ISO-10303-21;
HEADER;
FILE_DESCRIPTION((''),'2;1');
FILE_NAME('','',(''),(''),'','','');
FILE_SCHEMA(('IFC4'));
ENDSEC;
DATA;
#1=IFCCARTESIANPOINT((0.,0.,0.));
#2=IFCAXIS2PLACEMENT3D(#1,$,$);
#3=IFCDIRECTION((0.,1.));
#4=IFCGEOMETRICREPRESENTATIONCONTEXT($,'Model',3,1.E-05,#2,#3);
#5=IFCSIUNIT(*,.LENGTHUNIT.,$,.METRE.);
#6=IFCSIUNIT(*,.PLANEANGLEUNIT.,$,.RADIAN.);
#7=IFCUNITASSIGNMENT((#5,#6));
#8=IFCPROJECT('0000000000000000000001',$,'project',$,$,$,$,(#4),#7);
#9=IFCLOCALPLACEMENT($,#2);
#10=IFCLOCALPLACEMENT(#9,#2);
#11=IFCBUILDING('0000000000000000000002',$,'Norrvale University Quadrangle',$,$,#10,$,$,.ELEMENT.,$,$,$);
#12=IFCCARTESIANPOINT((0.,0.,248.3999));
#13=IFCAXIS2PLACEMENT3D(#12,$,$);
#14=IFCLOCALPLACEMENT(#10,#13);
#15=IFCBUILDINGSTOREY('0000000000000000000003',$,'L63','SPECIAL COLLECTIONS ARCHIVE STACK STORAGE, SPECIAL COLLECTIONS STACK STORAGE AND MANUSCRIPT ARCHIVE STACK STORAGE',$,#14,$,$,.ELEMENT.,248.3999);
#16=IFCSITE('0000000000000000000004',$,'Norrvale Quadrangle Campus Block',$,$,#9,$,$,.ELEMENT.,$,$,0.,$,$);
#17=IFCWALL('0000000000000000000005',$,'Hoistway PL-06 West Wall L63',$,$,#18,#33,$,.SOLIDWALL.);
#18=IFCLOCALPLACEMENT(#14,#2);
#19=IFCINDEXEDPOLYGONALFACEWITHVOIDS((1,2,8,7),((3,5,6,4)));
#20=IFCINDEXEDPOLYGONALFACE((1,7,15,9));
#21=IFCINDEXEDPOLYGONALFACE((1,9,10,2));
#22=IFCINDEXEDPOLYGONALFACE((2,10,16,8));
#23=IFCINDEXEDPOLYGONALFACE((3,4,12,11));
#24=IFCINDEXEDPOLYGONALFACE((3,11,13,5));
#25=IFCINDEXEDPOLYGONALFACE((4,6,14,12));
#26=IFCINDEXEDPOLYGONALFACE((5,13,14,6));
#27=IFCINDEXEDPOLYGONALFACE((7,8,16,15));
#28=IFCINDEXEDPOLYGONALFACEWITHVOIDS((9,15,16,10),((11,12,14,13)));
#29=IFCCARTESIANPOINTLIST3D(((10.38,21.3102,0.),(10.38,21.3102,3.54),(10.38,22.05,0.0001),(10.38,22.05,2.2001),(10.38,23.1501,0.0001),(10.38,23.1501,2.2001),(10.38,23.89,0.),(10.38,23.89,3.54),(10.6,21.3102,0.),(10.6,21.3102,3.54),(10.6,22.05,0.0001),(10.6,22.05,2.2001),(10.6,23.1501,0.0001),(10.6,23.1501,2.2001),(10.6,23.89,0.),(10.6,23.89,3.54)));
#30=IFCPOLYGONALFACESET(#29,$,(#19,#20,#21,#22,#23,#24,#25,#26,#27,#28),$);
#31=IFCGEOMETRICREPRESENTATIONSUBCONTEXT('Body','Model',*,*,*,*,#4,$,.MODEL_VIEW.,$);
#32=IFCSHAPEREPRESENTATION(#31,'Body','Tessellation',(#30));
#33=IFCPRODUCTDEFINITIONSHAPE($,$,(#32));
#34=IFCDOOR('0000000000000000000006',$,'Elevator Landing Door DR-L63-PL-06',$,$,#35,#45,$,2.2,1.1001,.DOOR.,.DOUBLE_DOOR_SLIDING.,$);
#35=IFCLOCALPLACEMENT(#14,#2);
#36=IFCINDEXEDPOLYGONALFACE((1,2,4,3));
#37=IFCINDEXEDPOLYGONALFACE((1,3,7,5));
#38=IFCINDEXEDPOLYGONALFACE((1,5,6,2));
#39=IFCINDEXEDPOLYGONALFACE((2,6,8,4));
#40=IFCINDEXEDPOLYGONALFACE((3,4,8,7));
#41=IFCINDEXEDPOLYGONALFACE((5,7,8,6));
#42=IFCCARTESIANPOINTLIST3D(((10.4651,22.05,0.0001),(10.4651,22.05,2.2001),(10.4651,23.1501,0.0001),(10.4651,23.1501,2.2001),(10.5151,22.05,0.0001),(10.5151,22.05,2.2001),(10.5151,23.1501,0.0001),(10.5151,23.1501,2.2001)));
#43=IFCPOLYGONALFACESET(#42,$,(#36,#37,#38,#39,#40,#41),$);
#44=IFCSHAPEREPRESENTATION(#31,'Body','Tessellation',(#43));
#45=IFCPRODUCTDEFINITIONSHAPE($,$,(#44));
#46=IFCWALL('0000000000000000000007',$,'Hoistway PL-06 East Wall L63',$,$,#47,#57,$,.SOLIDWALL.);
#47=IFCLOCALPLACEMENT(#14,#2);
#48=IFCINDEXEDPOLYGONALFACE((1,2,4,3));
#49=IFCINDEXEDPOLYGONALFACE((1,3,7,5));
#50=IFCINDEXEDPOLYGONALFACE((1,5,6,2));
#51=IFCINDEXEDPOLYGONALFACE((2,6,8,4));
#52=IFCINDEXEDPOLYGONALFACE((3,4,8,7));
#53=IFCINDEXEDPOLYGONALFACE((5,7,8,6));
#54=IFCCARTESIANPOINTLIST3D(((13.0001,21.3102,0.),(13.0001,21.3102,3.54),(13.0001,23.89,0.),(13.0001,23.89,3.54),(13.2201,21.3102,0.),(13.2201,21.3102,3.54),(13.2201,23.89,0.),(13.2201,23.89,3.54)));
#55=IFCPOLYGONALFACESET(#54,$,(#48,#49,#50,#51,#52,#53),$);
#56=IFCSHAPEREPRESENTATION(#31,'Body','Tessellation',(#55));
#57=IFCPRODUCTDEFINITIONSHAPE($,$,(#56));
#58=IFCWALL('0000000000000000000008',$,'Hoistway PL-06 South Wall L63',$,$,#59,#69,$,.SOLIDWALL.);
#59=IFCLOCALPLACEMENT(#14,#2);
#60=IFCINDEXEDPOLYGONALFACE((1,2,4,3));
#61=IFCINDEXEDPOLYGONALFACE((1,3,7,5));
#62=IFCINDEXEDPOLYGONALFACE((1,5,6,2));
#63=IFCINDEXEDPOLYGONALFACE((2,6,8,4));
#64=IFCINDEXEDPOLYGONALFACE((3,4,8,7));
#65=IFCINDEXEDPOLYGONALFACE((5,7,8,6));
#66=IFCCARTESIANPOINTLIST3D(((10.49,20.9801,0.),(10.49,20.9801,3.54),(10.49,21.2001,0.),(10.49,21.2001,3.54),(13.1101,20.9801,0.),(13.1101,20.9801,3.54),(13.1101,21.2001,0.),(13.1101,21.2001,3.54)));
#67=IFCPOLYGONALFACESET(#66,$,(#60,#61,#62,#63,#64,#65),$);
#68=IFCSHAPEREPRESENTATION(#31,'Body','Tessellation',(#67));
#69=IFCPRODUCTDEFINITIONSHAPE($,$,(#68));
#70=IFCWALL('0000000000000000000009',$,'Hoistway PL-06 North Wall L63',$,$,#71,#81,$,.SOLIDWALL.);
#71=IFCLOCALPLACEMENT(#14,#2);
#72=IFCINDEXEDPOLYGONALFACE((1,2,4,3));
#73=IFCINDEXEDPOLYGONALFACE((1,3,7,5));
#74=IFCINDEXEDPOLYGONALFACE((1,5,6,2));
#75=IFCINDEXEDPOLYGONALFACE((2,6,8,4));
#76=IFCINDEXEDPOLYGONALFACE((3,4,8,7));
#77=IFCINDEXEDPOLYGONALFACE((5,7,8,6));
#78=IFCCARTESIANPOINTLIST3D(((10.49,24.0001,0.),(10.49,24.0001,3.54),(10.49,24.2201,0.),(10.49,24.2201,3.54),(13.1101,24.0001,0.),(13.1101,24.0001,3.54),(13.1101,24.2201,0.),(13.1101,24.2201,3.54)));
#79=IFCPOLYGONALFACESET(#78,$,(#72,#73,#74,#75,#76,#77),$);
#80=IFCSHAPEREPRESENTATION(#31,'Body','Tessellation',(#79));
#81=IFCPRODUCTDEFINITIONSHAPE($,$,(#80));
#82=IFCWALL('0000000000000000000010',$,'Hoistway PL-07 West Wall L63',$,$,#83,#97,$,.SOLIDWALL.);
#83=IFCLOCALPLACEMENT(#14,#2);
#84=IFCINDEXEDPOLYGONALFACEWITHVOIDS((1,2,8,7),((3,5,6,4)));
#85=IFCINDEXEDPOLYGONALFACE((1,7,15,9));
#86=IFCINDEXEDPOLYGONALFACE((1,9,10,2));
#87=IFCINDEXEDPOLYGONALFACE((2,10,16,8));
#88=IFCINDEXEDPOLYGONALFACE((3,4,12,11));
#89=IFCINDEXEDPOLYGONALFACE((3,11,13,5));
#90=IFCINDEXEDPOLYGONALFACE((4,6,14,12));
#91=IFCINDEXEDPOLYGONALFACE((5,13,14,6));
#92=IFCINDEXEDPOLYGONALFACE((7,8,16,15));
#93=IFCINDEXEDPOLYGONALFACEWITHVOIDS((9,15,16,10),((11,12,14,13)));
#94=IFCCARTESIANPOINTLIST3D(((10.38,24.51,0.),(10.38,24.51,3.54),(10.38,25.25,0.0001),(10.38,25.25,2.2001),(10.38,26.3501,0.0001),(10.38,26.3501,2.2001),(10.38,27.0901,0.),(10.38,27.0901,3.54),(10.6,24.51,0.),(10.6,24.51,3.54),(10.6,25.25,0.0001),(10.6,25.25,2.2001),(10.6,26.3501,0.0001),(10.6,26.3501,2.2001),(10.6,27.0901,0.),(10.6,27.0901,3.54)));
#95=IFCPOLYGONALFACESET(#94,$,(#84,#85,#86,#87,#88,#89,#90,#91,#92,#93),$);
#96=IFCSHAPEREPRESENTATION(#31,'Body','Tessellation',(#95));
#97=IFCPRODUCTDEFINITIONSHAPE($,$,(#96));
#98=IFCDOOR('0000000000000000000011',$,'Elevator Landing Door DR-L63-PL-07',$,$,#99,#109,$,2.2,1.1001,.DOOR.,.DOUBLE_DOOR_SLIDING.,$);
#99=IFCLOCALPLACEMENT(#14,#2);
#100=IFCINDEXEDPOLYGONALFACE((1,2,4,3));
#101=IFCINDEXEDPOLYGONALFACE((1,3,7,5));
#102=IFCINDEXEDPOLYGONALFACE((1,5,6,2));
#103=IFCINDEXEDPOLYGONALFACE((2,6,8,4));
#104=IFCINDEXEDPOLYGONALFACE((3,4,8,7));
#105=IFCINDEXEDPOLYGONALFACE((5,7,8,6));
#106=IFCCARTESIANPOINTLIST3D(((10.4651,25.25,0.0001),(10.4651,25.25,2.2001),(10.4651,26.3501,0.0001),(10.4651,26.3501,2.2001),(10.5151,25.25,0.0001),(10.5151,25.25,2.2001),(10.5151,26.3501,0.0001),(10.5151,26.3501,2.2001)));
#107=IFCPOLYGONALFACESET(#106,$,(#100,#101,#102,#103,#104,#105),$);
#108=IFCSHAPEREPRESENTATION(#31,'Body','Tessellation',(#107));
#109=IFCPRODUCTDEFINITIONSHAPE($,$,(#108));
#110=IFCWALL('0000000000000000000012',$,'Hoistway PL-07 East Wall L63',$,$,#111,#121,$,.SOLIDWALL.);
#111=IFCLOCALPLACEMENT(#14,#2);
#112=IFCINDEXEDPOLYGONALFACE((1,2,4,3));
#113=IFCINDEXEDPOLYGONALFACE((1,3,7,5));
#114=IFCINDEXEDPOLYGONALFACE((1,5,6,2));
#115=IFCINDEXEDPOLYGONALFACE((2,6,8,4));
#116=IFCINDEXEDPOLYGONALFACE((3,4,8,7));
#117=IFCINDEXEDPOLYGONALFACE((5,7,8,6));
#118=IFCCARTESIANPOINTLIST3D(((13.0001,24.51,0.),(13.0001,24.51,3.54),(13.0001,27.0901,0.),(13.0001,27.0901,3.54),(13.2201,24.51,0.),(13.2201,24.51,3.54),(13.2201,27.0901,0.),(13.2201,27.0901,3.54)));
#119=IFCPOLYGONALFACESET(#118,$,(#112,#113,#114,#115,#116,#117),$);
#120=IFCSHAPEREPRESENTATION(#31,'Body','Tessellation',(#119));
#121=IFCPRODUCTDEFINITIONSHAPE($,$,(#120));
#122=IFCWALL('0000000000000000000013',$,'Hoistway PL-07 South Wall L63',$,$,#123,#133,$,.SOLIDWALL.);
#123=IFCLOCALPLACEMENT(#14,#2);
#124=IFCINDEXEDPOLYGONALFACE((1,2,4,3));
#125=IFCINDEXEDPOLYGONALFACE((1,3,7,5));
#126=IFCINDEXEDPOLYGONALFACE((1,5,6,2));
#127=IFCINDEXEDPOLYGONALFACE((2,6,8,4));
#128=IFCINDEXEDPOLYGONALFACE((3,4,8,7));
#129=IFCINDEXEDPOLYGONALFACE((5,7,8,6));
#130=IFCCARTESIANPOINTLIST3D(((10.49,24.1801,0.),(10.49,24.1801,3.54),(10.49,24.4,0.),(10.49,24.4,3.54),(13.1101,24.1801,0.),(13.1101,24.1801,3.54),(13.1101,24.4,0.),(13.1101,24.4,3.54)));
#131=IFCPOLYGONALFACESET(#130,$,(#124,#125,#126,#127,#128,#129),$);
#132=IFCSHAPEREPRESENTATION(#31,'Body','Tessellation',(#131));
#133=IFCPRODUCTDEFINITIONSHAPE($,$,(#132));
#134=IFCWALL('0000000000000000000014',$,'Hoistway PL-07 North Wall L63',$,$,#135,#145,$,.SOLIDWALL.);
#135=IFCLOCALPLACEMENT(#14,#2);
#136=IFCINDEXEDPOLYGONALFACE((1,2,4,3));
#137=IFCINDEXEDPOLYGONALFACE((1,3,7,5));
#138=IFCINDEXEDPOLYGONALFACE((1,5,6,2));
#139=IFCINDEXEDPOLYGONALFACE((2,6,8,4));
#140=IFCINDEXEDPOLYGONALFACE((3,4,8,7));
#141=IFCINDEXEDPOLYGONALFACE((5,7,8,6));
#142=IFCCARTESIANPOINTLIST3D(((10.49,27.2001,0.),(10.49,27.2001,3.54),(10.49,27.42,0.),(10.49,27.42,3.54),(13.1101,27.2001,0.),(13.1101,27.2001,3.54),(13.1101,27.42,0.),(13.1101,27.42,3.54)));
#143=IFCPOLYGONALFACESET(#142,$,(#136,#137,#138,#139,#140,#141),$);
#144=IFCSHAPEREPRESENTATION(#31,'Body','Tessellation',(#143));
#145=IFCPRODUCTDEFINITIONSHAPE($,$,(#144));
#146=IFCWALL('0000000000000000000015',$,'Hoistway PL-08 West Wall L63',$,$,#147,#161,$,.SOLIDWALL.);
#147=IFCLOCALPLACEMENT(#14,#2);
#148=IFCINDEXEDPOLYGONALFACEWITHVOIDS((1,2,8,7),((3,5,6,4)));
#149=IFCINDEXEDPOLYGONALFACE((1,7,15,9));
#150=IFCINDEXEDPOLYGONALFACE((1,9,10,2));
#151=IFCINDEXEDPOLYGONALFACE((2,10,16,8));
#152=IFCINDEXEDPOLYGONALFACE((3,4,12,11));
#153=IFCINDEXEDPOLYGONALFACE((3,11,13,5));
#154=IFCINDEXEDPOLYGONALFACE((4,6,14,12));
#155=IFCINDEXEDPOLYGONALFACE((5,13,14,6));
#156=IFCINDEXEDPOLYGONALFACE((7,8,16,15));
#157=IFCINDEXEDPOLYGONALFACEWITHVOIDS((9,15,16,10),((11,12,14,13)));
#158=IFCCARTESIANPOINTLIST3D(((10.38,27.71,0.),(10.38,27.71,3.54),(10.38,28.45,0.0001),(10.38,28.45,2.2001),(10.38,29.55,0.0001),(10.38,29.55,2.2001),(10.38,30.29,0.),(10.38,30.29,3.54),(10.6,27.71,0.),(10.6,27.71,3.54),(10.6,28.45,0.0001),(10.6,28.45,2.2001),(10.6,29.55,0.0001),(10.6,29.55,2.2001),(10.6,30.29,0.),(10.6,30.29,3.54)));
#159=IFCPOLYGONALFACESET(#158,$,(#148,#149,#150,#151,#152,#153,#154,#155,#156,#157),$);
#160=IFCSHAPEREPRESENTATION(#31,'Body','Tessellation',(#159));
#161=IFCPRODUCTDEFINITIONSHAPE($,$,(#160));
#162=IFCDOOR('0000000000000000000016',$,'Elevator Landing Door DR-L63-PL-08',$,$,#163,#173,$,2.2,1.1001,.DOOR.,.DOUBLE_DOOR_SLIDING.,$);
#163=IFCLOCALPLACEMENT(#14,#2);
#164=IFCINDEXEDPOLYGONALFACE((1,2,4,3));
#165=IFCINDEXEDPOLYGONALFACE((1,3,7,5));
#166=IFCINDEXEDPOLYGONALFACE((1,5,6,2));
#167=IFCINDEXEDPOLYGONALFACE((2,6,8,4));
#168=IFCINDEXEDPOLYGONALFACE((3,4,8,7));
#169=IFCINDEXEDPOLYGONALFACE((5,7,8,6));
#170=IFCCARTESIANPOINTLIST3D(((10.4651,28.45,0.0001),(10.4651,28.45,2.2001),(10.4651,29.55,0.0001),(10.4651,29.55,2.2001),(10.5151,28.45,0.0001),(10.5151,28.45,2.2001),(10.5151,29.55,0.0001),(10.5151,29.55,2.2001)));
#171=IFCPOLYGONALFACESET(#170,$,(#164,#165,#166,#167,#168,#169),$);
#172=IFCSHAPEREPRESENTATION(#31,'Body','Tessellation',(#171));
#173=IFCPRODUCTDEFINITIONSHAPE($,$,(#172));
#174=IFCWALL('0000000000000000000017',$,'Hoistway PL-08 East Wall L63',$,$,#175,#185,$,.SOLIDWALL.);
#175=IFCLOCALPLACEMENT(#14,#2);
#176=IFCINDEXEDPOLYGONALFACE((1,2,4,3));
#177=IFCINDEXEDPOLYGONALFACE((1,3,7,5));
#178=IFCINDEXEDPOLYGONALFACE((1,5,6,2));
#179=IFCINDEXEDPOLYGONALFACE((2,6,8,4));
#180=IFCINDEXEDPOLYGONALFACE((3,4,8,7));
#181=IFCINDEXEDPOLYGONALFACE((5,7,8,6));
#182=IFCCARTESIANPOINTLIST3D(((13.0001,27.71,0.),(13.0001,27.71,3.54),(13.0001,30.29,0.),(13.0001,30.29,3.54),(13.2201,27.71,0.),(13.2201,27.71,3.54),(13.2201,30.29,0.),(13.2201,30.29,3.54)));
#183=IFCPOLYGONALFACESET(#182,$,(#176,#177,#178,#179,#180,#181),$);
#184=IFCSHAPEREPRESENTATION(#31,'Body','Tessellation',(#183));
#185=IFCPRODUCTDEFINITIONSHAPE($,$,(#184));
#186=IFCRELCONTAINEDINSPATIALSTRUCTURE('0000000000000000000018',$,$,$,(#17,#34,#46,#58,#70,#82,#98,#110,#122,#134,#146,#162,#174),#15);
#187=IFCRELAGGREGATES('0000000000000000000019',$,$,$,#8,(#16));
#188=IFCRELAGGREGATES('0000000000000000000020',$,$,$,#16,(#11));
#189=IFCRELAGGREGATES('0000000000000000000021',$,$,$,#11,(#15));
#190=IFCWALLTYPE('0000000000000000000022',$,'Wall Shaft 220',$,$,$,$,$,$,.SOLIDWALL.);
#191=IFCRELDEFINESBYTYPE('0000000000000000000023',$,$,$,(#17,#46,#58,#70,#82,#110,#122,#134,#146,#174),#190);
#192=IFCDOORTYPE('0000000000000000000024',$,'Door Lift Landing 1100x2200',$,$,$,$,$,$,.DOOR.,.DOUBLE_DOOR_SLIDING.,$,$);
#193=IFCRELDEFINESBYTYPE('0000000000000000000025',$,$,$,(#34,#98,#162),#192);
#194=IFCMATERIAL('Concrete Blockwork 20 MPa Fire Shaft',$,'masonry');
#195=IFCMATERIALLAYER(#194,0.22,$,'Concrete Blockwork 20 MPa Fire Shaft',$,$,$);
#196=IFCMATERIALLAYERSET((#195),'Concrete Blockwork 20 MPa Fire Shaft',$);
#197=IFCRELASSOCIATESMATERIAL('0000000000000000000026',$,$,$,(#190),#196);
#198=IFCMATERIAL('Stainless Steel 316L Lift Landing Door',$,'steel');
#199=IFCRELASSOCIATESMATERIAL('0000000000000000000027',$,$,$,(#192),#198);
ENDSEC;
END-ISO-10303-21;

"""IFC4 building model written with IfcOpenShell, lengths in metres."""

from ifc_helpers import new_model, si_unit, direction, frame, frame_2d, origin, place, context, subcontext, project, spatial, rectangle, extrude, material, layer, layer_set, type_object, element, fill, save


model = new_model("IFC4")

# Units and contexts
model_context = context("Model", 3, precision=1e-05, world=origin(), true_north=direction((0.0, 1.0)))
body_context = subcontext(model_context, "Body", "Model", "MODEL_VIEW")
ifc_project = project(units=[si_unit("LENGTHUNIT", "METRE"), si_unit("PLANEANGLEUNIT", "RADIAN")], contexts=[model_context])

# Site, building, storey
site_placement = place(None, origin())
site = spatial("IfcSite", under=ifc_project, at=site_placement, Name="Norrvale Quadrangle Campus Block", CompositionType="ELEMENT", RefElevation=0.0)
building_placement = place(site_placement, origin())
building = spatial("IfcBuilding", under=site, at=building_placement, Name="Norrvale University Quadrangle", CompositionType="ELEMENT")
storey_placement = place(building_placement, frame((0.0, 0.0, 248.3999)))
storey = spatial("IfcBuildingStorey", under=building, at=storey_placement, Name="L63", Description="SPECIAL COLLECTIONS ARCHIVE STACK STORAGE, SPECIAL COLLECTIONS STACK STORAGE AND MANUSCRIPT ARCHIVE STACK STORAGE", CompositionType="ELEMENT", Elevation=248.3999)

# Shared definitions
ifc_material_1 = material(Name="Concrete Blockwork 20 MPa Fire Shaft", Category="masonry")
ifc_layer_1 = layer(ifc_material_1, 0.22, Name="Concrete Blockwork 20 MPa Fire Shaft")
ifc_layer_set_1 = layer_set([ifc_layer_1], Name="Concrete Blockwork 20 MPa Fire Shaft")
wall_type_1 = type_object("IfcWallType", Name="Wall Shaft 220", PredefinedType="SOLIDWALL", material=ifc_layer_set_1)

# Wall, opening, door
wall_1_placement = place(storey_placement, frame((10.49, 21.3101, 0.0), z_axis=(0.0, 0.0, 1.0), x_axis=(0.0, 1.0, 0.0)))
wall_1 = element("IfcWall", 1, at=wall_1_placement, inside=storey, type_object=wall_type_1, Name="Hoistway PL-06 West Wall L63", PredefinedType="SOLIDWALL", context=body_context, shape_type="SweptSolid", body=[
    extrude(rectangle(XDim=2.5798, YDim=0.22, at=frame_2d((1.29, 0.0))), origin(), (0.0, 0.0, 1.0), 3.54),
])
opening_1_placement = place(wall_1_placement, frame((0.74, 0.0, 0.0)))
opening_1 = element("IfcOpeningElement", 2, at=opening_1_placement, cuts=wall_1, PredefinedType="OPENING", context=body_context, shape_type="SweptSolid", body=[
    extrude(rectangle(XDim=1.1001, YDim=2.2, at=frame_2d((0.55, 1.1001))), frame((0.0, 0.1221, 0.0), z_axis=(0.0, -1.0, 0.0), x_axis=(1.0, 0.0, 0.0)), (0.0, 0.0, 1.0), 0.2439),
])
ifc_material_2 = material(Name="Stainless Steel 316L Lift Landing Door", Category="steel")
door_type_1 = type_object("IfcDoorType", Name="Door Lift Landing 1100x2200", OperationType="DOUBLE_DOOR_SLIDING", PredefinedType="DOOR", material=ifc_material_2)
door_1_placement = place(opening_1_placement, origin())
door_1 = element("IfcDoor", 3, at=door_1_placement, inside=storey, type_object=door_type_1, Name="Elevator Landing Door DR-L63-PL-06", OperationType="DOUBLE_DOOR_SLIDING", OverallHeight=2.2, OverallWidth=1.1001, PredefinedType="DOOR", context=body_context, shape_type="SweptSolid", body=[
    extrude(rectangle(XDim=1.1001, YDim=2.2, at=frame_2d((0.55, 1.1001))), frame((0.0, 0.0249, 0.0), z_axis=(0.0, -1.0, 0.0), x_axis=(1.0, 0.0, 0.0)), (0.0, 0.0, 1.0), 0.05),
])
fill(opening_1, door_1)

# Walls
wall_2_placement = place(storey_placement, frame((13.1101, 21.3101, 0.0), z_axis=(0.0, 0.0, 1.0), x_axis=(0.0, 1.0, 0.0)))
element("IfcWall", 4, at=wall_2_placement, inside=storey, type_object=wall_type_1, Name="Hoistway PL-06 East Wall L63", PredefinedType="SOLIDWALL", context=body_context, shape_type="SweptSolid", body=[
    extrude(rectangle(XDim=2.5798, YDim=0.22, at=frame_2d((1.29, 0.0))), origin(), (0.0, 0.0, 1.0), 3.54),
])
for number, where, z_axis, x_axis, name in (
    (5, (10.49, 21.0901, 0.0), (0.0, 0.0, 1.0), (1.0, 0.0, 0.0), "Hoistway PL-06 South Wall L63"),
    (6, (10.49, 24.1101, 0.0), (0.0, 0.0, 1.0), (1.0, 0.0, 0.0), "Hoistway PL-06 North Wall L63"),
):
    element("IfcWall", number, at=place(storey_placement, frame(where, z_axis=z_axis, x_axis=x_axis)), inside=storey, type_object=wall_type_1, Name=name, PredefinedType="SOLIDWALL", context=body_context, shape_type="SweptSolid", body=[
        extrude(rectangle(XDim=2.6201, YDim=0.22, at=frame_2d((1.3101, 0.0))), origin(), (0.0, 0.0, 1.0), 3.54),
    ])

# Wall, opening, door
wall_3_placement = place(storey_placement, frame((10.49, 24.51, 0.0), z_axis=(0.0, 0.0, 1.0), x_axis=(0.0, 1.0, 0.0)))
wall_3 = element("IfcWall", 7, at=wall_3_placement, inside=storey, type_object=wall_type_1, Name="Hoistway PL-07 West Wall L63", PredefinedType="SOLIDWALL", context=body_context, shape_type="SweptSolid", body=[
    extrude(rectangle(XDim=2.5801, YDim=0.22, at=frame_2d((1.29, 0.0))), origin(), (0.0, 0.0, 1.0), 3.54),
])
opening_2_placement = place(wall_3_placement, frame((0.74, 0.0, 0.0)))
opening_2 = element("IfcOpeningElement", 8, at=opening_2_placement, cuts=wall_3, PredefinedType="OPENING", context=body_context, shape_type="SweptSolid", body=[
    extrude(rectangle(XDim=1.1001, YDim=2.2, at=frame_2d((0.55, 1.1001))), frame((0.0, 0.1221, 0.0), z_axis=(0.0, -1.0, 0.0), x_axis=(1.0, 0.0, 0.0)), (0.0, 0.0, 1.0), 0.2439),
])
door_2_placement = place(opening_2_placement, origin())
door_2 = element("IfcDoor", 9, at=door_2_placement, inside=storey, type_object=door_type_1, Name="Elevator Landing Door DR-L63-PL-07", OperationType="DOUBLE_DOOR_SLIDING", OverallHeight=2.2, OverallWidth=1.1001, PredefinedType="DOOR", context=body_context, shape_type="SweptSolid", body=[
    extrude(rectangle(XDim=1.1001, YDim=2.2, at=frame_2d((0.55, 1.1001))), frame((0.0, 0.0249, 0.0), z_axis=(0.0, -1.0, 0.0), x_axis=(1.0, 0.0, 0.0)), (0.0, 0.0, 1.0), 0.05),
])
fill(opening_2, door_2)

# Walls
wall_4_placement = place(storey_placement, frame((13.1101, 24.51, 0.0), z_axis=(0.0, 0.0, 1.0), x_axis=(0.0, 1.0, 0.0)))
element("IfcWall", 10, at=wall_4_placement, inside=storey, type_object=wall_type_1, Name="Hoistway PL-07 East Wall L63", PredefinedType="SOLIDWALL", context=body_context, shape_type="SweptSolid", body=[
    extrude(rectangle(XDim=2.5801, YDim=0.22, at=frame_2d((1.29, 0.0))), origin(), (0.0, 0.0, 1.0), 3.54),
])
for number, where, z_axis, x_axis, name in (
    (11, (10.49, 24.29, 0.0), (0.0, 0.0, 1.0), (1.0, 0.0, 0.0), "Hoistway PL-07 South Wall L63"),
    (12, (10.49, 27.3101, 0.0), (0.0, 0.0, 1.0), (1.0, 0.0, 0.0), "Hoistway PL-07 North Wall L63"),
):
    element("IfcWall", number, at=place(storey_placement, frame(where, z_axis=z_axis, x_axis=x_axis)), inside=storey, type_object=wall_type_1, Name=name, PredefinedType="SOLIDWALL", context=body_context, shape_type="SweptSolid", body=[
        extrude(rectangle(XDim=2.6201, YDim=0.22, at=frame_2d((1.3101, 0.0))), origin(), (0.0, 0.0, 1.0), 3.54),
    ])

# Wall, opening, door
wall_5_placement = place(storey_placement, frame((10.49, 27.71, 0.0), z_axis=(0.0, 0.0, 1.0), x_axis=(0.0, 1.0, 0.0)))
wall_5 = element("IfcWall", 13, at=wall_5_placement, inside=storey, type_object=wall_type_1, Name="Hoistway PL-08 West Wall L63", PredefinedType="SOLIDWALL", context=body_context, shape_type="SweptSolid", body=[
    extrude(rectangle(XDim=2.5801, YDim=0.22, at=frame_2d((1.29, 0.0))), origin(), (0.0, 0.0, 1.0), 3.54),
])
opening_3_placement = place(wall_5_placement, frame((0.74, 0.0, 0.0)))
opening_3 = element("IfcOpeningElement", 14, at=opening_3_placement, cuts=wall_5, PredefinedType="OPENING", context=body_context, shape_type="SweptSolid", body=[
    extrude(rectangle(XDim=1.1001, YDim=2.2, at=frame_2d((0.55, 1.1001))), frame((0.0, 0.1221, 0.0), z_axis=(0.0, -1.0, 0.0), x_axis=(1.0, 0.0, 0.0)), (0.0, 0.0, 1.0), 0.2439),
])
door_3_placement = place(opening_3_placement, origin())
door_3 = element("IfcDoor", 15, at=door_3_placement, inside=storey, type_object=door_type_1, Name="Elevator Landing Door DR-L63-PL-08", OperationType="DOUBLE_DOOR_SLIDING", OverallHeight=2.2, OverallWidth=1.1001, PredefinedType="DOOR", context=body_context, shape_type="SweptSolid", body=[
    extrude(rectangle(XDim=1.1001, YDim=2.2, at=frame_2d((0.55, 1.1001))), frame((0.0, 0.0249, 0.0), z_axis=(0.0, -1.0, 0.0), x_axis=(1.0, 0.0, 0.0)), (0.0, 0.0, 1.0), 0.05),
])
fill(opening_3, door_3)

# Wall
wall_6_placement = place(storey_placement, frame((13.1101, 27.71, 0.0), z_axis=(0.0, 0.0, 1.0), x_axis=(0.0, 1.0, 0.0)))
element("IfcWall", 16, at=wall_6_placement, inside=storey, type_object=wall_type_1, Name="Hoistway PL-08 East Wall L63", PredefinedType="SOLIDWALL", context=body_context, shape_type="SweptSolid", body=[
    extrude(rectangle(XDim=2.5801, YDim=0.22, at=frame_2d((1.29, 0.0))), origin(), (0.0, 0.0, 1.0), 3.54),
])

save(model, "model.ifc")
